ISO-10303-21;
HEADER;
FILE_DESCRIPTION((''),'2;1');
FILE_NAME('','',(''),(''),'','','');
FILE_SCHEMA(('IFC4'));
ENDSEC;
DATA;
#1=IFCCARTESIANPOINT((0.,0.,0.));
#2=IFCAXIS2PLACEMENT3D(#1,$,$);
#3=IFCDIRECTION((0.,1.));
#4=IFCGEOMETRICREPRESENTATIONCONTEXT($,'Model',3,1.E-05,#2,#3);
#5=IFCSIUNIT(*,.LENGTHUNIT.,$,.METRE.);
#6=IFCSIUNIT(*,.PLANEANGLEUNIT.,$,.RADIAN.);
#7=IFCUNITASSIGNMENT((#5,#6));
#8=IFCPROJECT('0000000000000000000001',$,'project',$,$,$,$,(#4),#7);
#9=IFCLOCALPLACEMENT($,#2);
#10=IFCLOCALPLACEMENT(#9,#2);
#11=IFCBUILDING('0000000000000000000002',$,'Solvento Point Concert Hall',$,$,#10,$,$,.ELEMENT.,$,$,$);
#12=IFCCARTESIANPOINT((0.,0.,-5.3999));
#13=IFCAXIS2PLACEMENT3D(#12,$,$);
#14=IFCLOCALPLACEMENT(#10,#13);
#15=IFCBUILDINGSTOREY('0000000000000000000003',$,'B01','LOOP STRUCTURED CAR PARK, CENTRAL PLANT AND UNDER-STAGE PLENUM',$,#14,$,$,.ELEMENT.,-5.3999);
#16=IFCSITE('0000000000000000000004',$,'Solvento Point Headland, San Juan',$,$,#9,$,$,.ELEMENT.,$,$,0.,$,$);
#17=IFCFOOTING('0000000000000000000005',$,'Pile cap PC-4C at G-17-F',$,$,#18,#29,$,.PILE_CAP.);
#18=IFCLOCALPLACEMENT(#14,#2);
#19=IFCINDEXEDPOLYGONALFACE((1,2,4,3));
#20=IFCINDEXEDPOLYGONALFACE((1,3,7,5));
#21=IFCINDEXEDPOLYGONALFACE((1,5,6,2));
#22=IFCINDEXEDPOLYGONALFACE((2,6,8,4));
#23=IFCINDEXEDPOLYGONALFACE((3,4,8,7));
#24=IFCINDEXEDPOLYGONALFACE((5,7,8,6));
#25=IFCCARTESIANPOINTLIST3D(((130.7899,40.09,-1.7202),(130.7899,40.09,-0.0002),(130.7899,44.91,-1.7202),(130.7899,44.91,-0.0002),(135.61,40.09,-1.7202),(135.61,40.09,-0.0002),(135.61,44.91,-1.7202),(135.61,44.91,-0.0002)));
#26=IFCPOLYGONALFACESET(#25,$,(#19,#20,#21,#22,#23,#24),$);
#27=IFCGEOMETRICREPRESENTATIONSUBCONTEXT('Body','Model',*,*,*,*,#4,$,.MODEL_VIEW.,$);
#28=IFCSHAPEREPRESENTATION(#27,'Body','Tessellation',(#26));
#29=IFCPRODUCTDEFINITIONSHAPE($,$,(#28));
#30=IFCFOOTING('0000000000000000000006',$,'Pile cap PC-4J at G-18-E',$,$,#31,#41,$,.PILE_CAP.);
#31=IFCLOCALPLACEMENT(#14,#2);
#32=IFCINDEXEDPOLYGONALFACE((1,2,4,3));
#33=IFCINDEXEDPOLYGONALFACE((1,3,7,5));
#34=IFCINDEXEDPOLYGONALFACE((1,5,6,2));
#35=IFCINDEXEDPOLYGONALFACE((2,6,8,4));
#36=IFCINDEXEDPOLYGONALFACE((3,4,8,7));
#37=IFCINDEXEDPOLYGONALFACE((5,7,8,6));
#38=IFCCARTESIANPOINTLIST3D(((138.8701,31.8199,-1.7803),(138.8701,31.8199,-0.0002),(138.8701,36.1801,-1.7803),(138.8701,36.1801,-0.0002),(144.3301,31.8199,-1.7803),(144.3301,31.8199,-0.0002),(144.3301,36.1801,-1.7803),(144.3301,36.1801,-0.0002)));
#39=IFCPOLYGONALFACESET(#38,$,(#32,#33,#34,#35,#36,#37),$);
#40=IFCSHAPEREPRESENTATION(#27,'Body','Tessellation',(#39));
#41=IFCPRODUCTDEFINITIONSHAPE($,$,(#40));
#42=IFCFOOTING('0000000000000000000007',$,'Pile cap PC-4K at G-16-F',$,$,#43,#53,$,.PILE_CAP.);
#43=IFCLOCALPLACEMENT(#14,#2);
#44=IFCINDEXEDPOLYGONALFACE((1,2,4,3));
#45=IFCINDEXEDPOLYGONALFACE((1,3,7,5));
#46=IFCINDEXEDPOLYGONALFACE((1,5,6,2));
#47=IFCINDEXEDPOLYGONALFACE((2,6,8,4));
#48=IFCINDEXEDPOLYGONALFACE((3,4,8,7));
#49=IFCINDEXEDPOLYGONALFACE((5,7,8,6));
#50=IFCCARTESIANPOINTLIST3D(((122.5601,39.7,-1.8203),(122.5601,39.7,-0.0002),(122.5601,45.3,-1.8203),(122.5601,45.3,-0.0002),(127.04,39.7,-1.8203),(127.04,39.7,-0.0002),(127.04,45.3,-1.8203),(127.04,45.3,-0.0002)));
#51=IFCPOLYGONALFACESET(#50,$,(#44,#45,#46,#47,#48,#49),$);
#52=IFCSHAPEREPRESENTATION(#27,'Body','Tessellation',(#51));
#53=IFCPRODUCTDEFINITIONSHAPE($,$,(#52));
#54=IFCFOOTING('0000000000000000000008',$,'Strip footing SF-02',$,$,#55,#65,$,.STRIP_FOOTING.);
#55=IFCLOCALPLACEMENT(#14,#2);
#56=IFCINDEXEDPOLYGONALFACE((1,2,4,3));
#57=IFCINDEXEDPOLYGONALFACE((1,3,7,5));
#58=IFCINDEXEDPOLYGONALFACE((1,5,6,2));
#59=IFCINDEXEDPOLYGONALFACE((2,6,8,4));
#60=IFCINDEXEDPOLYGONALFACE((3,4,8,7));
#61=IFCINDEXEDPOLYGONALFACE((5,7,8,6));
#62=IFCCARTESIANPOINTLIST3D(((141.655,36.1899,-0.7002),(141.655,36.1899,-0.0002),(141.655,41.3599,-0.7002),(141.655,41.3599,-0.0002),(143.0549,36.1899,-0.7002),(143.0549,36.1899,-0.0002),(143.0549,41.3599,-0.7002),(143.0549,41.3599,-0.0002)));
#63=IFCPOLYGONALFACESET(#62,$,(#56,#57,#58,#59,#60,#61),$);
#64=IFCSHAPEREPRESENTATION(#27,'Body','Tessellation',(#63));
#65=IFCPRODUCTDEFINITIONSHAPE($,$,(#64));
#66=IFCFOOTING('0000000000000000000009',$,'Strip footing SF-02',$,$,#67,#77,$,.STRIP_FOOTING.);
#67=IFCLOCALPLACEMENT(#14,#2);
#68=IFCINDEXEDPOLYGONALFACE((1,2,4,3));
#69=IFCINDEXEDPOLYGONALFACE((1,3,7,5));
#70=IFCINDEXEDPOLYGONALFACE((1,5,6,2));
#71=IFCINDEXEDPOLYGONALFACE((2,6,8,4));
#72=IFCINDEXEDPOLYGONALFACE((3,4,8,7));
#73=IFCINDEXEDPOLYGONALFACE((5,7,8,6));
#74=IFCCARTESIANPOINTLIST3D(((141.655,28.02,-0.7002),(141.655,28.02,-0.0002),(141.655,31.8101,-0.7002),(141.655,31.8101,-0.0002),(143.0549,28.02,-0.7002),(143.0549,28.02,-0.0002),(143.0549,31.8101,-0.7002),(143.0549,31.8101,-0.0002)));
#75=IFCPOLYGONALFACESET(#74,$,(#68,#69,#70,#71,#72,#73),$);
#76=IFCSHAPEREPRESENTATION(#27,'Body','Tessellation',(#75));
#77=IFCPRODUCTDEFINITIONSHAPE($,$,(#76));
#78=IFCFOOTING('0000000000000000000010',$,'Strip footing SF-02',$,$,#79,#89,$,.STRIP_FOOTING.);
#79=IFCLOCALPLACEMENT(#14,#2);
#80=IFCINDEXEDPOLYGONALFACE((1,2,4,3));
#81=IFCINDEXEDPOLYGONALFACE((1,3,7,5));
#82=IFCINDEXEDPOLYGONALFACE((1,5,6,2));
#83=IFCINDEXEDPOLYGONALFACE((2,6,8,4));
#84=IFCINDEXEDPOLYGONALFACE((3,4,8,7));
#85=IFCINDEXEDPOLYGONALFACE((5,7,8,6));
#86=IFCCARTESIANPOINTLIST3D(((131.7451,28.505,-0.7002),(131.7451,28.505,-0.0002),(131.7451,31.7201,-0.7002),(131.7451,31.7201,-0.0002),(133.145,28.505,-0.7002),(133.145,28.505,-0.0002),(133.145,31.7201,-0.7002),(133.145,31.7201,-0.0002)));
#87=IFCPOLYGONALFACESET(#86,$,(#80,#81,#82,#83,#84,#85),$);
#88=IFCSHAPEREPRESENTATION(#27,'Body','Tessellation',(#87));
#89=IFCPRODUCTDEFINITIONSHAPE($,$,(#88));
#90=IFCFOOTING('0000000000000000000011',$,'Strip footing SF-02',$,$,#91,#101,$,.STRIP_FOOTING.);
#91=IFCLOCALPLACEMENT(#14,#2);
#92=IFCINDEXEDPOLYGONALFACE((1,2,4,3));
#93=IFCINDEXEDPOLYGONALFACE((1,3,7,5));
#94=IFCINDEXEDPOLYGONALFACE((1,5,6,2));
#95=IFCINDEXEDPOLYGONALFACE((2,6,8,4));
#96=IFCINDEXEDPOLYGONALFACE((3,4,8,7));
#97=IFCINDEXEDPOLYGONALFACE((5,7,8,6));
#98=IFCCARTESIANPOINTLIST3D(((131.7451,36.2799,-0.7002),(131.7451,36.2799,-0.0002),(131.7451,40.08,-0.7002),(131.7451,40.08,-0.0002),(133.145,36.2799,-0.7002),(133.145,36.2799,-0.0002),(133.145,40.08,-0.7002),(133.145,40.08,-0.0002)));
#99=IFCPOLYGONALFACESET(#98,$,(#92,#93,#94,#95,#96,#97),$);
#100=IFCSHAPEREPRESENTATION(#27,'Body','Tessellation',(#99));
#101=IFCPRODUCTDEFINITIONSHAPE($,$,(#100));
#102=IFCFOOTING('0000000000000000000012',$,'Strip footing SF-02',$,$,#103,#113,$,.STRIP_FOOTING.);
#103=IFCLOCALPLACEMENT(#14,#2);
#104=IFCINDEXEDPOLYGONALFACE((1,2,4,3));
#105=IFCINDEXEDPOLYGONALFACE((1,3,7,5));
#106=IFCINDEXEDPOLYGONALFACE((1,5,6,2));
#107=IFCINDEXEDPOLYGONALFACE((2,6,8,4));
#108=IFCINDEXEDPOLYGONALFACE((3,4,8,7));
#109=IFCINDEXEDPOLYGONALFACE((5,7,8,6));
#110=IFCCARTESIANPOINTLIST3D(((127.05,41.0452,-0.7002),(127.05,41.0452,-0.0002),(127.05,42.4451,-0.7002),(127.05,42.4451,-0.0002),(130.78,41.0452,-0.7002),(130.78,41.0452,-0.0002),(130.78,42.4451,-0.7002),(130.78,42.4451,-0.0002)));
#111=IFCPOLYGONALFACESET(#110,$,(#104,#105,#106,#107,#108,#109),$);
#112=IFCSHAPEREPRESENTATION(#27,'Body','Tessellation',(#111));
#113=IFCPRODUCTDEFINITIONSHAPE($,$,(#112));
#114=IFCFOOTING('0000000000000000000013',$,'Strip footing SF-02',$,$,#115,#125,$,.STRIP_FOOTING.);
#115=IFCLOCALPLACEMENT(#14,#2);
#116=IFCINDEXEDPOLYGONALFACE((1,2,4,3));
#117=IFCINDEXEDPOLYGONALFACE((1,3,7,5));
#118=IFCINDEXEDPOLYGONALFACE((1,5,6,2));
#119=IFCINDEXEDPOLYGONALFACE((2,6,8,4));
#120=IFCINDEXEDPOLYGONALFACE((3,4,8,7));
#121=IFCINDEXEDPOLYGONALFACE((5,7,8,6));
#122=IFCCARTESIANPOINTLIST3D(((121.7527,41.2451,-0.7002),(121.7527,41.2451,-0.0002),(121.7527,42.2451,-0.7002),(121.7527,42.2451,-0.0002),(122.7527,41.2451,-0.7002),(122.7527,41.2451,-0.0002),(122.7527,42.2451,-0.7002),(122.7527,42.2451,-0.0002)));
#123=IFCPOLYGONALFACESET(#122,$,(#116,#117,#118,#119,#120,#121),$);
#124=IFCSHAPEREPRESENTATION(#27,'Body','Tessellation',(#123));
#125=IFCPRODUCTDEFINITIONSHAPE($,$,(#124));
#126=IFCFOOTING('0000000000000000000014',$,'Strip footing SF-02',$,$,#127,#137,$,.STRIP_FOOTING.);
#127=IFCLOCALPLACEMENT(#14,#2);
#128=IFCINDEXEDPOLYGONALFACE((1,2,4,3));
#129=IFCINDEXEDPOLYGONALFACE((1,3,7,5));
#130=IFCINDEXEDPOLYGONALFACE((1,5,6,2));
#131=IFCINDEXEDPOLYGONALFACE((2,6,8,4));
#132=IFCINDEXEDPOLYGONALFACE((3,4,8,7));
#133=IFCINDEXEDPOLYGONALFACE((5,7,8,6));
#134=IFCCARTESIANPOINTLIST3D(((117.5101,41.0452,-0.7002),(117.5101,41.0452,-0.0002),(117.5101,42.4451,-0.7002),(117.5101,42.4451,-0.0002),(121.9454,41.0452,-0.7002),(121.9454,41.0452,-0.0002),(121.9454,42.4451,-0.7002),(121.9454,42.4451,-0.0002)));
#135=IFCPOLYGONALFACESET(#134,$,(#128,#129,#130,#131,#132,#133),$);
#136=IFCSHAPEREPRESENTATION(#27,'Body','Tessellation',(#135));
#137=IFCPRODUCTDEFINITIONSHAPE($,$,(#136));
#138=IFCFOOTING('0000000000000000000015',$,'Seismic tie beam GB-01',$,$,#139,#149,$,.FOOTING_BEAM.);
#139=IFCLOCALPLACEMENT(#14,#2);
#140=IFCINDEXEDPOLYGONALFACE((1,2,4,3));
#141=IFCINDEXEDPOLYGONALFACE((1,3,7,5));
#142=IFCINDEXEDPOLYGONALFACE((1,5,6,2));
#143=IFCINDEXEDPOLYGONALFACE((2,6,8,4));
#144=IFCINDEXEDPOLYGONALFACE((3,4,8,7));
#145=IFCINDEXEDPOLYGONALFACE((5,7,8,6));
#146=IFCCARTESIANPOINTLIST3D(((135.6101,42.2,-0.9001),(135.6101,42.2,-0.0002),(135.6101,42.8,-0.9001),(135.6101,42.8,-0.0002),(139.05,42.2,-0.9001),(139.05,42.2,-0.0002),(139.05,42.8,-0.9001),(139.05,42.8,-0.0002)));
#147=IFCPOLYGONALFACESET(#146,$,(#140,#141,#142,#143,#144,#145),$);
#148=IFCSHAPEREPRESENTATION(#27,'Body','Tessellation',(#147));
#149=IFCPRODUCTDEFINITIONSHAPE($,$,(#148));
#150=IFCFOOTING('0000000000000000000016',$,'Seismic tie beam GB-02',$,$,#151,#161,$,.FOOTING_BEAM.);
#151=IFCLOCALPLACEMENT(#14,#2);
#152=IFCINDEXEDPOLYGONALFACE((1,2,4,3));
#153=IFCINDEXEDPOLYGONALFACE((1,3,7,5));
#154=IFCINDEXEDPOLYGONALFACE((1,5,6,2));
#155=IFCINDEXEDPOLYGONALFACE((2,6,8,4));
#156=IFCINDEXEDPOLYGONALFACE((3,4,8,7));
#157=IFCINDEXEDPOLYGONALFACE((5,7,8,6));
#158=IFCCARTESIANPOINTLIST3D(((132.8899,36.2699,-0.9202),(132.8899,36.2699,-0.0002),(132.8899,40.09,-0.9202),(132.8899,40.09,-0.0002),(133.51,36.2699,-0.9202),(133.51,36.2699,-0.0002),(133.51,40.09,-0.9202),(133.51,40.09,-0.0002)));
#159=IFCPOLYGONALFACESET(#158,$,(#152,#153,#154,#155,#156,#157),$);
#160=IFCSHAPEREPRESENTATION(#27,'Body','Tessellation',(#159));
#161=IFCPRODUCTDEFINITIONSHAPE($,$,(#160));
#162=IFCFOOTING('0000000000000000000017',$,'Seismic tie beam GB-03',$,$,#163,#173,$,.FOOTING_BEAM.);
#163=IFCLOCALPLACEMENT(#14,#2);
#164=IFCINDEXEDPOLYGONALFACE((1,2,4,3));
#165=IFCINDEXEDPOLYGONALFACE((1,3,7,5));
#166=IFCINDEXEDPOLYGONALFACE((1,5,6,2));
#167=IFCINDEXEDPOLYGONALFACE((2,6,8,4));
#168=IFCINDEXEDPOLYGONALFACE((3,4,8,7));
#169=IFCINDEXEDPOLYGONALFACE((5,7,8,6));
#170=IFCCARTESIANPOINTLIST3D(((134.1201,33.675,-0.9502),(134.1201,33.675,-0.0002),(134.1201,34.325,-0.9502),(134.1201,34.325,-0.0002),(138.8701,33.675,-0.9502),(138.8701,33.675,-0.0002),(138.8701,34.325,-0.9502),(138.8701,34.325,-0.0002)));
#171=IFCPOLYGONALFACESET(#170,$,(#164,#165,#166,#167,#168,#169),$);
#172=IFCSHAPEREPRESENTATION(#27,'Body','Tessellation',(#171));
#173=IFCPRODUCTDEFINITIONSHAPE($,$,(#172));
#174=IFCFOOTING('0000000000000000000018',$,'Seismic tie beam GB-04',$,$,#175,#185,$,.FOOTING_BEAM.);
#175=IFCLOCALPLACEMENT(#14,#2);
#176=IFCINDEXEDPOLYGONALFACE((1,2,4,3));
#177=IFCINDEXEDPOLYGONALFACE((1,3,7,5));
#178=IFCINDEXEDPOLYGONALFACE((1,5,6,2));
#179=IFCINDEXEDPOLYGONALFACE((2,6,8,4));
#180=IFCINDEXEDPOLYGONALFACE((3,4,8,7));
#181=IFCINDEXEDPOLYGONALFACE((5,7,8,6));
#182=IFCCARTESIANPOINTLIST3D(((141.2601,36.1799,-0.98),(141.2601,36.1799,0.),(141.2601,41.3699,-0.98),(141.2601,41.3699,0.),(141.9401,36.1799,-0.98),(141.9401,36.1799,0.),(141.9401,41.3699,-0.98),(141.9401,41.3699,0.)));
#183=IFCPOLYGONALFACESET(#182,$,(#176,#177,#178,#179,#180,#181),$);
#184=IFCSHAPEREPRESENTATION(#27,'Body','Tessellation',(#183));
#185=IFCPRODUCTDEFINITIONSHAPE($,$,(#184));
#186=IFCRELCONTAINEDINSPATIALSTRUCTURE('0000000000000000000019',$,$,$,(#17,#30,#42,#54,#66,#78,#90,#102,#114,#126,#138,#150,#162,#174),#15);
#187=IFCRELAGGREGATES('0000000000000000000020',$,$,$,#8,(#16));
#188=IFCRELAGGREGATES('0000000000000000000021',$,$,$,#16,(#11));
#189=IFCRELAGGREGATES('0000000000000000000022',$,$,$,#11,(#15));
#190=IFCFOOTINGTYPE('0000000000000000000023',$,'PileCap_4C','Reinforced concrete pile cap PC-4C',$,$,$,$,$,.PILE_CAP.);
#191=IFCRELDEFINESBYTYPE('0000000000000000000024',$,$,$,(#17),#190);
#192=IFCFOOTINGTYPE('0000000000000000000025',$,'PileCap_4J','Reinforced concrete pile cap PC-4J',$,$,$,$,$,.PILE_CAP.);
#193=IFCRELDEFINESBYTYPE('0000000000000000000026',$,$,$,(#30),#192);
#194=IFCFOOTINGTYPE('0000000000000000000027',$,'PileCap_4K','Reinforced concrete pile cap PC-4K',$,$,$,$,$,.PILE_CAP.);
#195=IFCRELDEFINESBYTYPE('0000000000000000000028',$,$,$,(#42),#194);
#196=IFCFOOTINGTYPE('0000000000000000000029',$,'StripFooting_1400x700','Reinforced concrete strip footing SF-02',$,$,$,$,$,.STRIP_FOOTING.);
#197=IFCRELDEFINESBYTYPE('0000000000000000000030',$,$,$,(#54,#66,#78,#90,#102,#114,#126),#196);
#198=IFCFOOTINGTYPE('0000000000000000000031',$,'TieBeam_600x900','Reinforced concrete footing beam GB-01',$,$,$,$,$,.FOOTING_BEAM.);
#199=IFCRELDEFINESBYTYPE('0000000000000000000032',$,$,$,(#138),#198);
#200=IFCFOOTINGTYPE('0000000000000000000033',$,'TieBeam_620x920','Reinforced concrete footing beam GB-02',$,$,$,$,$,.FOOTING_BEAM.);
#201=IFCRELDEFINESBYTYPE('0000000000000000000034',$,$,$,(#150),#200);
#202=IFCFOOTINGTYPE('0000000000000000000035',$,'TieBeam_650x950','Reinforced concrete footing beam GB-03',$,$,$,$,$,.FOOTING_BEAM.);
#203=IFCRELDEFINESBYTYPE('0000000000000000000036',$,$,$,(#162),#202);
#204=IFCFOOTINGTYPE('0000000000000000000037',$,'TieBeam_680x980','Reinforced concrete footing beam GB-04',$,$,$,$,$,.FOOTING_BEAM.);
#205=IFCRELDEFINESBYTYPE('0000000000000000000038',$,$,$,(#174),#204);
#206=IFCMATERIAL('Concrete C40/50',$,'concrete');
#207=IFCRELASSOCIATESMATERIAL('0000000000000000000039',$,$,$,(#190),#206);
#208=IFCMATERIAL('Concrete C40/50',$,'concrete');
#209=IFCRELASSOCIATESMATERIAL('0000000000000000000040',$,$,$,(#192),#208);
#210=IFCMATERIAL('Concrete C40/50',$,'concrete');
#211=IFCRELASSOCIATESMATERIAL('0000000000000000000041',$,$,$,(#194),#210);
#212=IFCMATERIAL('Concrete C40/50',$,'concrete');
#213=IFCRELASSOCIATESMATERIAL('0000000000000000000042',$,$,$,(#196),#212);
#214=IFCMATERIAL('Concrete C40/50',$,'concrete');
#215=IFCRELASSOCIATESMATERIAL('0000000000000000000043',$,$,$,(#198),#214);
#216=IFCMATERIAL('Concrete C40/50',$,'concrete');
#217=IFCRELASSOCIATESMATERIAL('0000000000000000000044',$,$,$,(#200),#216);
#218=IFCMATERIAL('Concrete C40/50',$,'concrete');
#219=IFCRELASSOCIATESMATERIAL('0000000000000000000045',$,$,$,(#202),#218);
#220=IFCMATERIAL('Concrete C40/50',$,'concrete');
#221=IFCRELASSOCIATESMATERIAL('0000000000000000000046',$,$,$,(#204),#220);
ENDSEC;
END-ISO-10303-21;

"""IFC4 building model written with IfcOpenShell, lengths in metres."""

from ifc_helpers import new_model, si_unit, direction, frame, origin, origin_2d, place, context, subcontext, project, spatial, rectangle, extrude, material, type_object, element, save


model = new_model("IFC4")

# Units and contexts
model_context = context("Model", 3, precision=1e-05, world=origin(), true_north=direction((0.0, 1.0)))
body_context = subcontext(model_context, "Body", "Model", "MODEL_VIEW")
ifc_project = project(units=[si_unit("LENGTHUNIT", "METRE"), si_unit("PLANEANGLEUNIT", "RADIAN")], contexts=[model_context])

# Site, building, storey
site_placement = place(None, origin())
site = spatial("IfcSite", under=ifc_project, at=site_placement, Name="Solvento Point Headland, San Juan", CompositionType="ELEMENT", RefElevation=0.0)
building_placement = place(site_placement, origin())
building = spatial("IfcBuilding", under=site, at=building_placement, Name="Solvento Point Concert Hall", CompositionType="ELEMENT")
storey_placement = place(building_placement, frame((0.0, 0.0, -5.3999)))
storey = spatial("IfcBuildingStorey", under=building, at=storey_placement, Name="B01", Description="LOOP STRUCTURED CAR PARK, CENTRAL PLANT AND UNDER-STAGE PLENUM", CompositionType="ELEMENT", Elevation=-5.3999)

# Footings
ifc_material_1 = material(Name="Concrete C40/50", Category="concrete")
footing_type_1 = type_object("IfcFootingType", Name="PileCap_4C", Description="Reinforced concrete pile cap PC-4C", PredefinedType="PILE_CAP", material=ifc_material_1)
footing_1_placement = place(storey_placement, frame((133.2, 42.5, -1.7202), z_axis=(0.0, 0.0, 1.0), x_axis=(1.0, 0.0, 0.0)))
element("IfcFooting", 1, at=footing_1_placement, inside=storey, type_object=footing_type_1, Name="Pile cap PC-4C at G-17-F", PredefinedType="PILE_CAP", context=body_context, shape_type="SweptSolid", body=[
    extrude(rectangle(XDim=4.8201, YDim=4.8201, at=origin_2d()), origin(), (0.0, 0.0, 1.0), 1.72),
])
ifc_material_2 = material(Name="Concrete C40/50", Category="concrete")
footing_type_2 = type_object("IfcFootingType", Name="PileCap_4J", Description="Reinforced concrete pile cap PC-4J", PredefinedType="PILE_CAP", material=ifc_material_2)
footing_2_placement = place(storey_placement, frame((141.6001, 34.0, -1.7803), z_axis=(0.0, 0.0, 1.0), x_axis=(1.0, 0.0, 0.0)))
element("IfcFooting", 2, at=footing_2_placement, inside=storey, type_object=footing_type_2, Name="Pile cap PC-4J at G-18-E", PredefinedType="PILE_CAP", context=body_context, shape_type="SweptSolid", body=[
    extrude(rectangle(XDim=5.46, YDim=4.3601, at=origin_2d()), origin(), (0.0, 0.0, 1.0), 1.78),
])
ifc_material_3 = material(Name="Concrete C40/50", Category="concrete")
footing_type_3 = type_object("IfcFootingType", Name="PileCap_4K", Description="Reinforced concrete pile cap PC-4K", PredefinedType="PILE_CAP", material=ifc_material_3)
footing_3_placement = place(storey_placement, frame((124.8, 42.5, -1.8203), z_axis=(0.0, 0.0, 1.0), x_axis=(1.0, 0.0, 0.0)))
element("IfcFooting", 3, at=footing_3_placement, inside=storey, type_object=footing_type_3, Name="Pile cap PC-4K at G-16-F", PredefinedType="PILE_CAP", context=body_context, shape_type="SweptSolid", body=[
    extrude(rectangle(XDim=4.48, YDim=5.6001, at=origin_2d()), origin(), (0.0, 0.0, 1.0), 1.8201),
])
ifc_material_4 = material(Name="Concrete C40/50", Category="concrete")
footing_type_4 = type_object("IfcFootingType", Name="StripFooting_1400x700", Description="Reinforced concrete strip footing SF-02", PredefinedType="STRIP_FOOTING", material=ifc_material_4)
footing_4_placement = place(storey_placement, frame((142.355, 38.7749, -0.7002), z_axis=(0.0, 0.0, 1.0), x_axis=(0.0, -1.0, 0.0)))
element("IfcFooting", 4, at=footing_4_placement, inside=storey, type_object=footing_type_4, Name="Strip footing SF-02", PredefinedType="STRIP_FOOTING", context=body_context, shape_type="SweptSolid", body=[
    extrude(rectangle(XDim=5.1699, YDim=1.3999, at=origin_2d()), origin(), (0.0, 0.0, 1.0), 0.7),
])
footing_5_placement = place(storey_placement, frame((142.355, 29.915, -0.7002), z_axis=(0.0, 0.0, 1.0), x_axis=(0.0, -1.0, 0.0)))
element("IfcFooting", 5, at=footing_5_placement, inside=storey, type_object=footing_type_4, Name="Strip footing SF-02", PredefinedType="STRIP_FOOTING", context=body_context, shape_type="SweptSolid", body=[
    extrude(rectangle(XDim=3.79, YDim=1.3999, at=origin_2d()), origin(), (0.0, 0.0, 1.0), 0.7),
])
footing_6_placement = place(storey_placement, frame((132.4451, 30.1125, -0.7002), z_axis=(0.0, 0.0, 1.0), x_axis=(0.0, 1.0, 0.0)))
element("IfcFooting", 6, at=footing_6_placement, inside=storey, type_object=footing_type_4, Name="Strip footing SF-02", PredefinedType="STRIP_FOOTING", context=body_context, shape_type="SweptSolid", body=[
    extrude(rectangle(XDim=3.2151, YDim=1.3999, at=origin_2d()), origin(), (0.0, 0.0, 1.0), 0.7),
])
footing_7_placement = place(storey_placement, frame((132.4451, 38.1799, -0.7002), z_axis=(0.0, 0.0, 1.0), x_axis=(0.0, 1.0, 0.0)))
element("IfcFooting", 7, at=footing_7_placement, inside=storey, type_object=footing_type_4, Name="Strip footing SF-02", PredefinedType="STRIP_FOOTING", context=body_context, shape_type="SweptSolid", body=[
    extrude(rectangle(XDim=3.8, YDim=1.3999, at=origin_2d()), origin(), (0.0, 0.0, 1.0), 0.7),
])
footing_8_placement = place(storey_placement, frame((128.915, 41.7451, -0.7002), z_axis=(0.0, 0.0, 1.0), x_axis=(-1.0, 0.0, 0.0)))
element("IfcFooting", 8, at=footing_8_placement, inside=storey, type_object=footing_type_4, Name="Strip footing SF-02", PredefinedType="STRIP_FOOTING", context=body_context, shape_type="SweptSolid", body=[
    extrude(rectangle(XDim=3.73, YDim=1.3999, at=origin_2d()), origin(), (0.0, 0.0, 1.0), 0.7),
])
footing_9_placement = place(storey_placement, frame((122.2527, 41.7451, -0.7002), z_axis=(0.0, 0.0, 1.0), x_axis=(-1.0, 0.0, 0.0)))
element("IfcFooting", 9, at=footing_9_placement, inside=storey, type_object=footing_type_4, Name="Strip footing SF-02", PredefinedType="STRIP_FOOTING", context=body_context, shape_type="SweptSolid", body=[
    extrude(rectangle(XDim=1.0, YDim=1.0, at=origin_2d()), origin(), (0.0, 0.0, 1.0), 0.7),
])
footing_10_placement = place(storey_placement, frame((119.7278, 41.7451, -0.7002), z_axis=(0.0, 0.0, 1.0), x_axis=(-1.0, 0.0, 0.0)))
element("IfcFooting", 10, at=footing_10_placement, inside=storey, type_object=footing_type_4, Name="Strip footing SF-02", PredefinedType="STRIP_FOOTING", context=body_context, shape_type="SweptSolid", body=[
    extrude(rectangle(XDim=4.4353, YDim=1.3999, at=origin_2d()), origin(), (0.0, 0.0, 1.0), 0.7),
])
ifc_material_5 = material(Name="Concrete C40/50", Category="concrete")
footing_type_5 = type_object("IfcFootingType", Name="TieBeam_600x900", Description="Reinforced concrete footing beam GB-01", PredefinedType="FOOTING_BEAM", material=ifc_material_5)
footing_11_placement = place(storey_placement, frame((137.3301, 42.5, -0.9001), z_axis=(0.0, 0.0, 1.0), x_axis=(1.0, 0.0, 0.0)))
element("IfcFooting", 11, at=footing_11_placement, inside=storey, type_object=footing_type_5, Name="Seismic tie beam GB-01", PredefinedType="FOOTING_BEAM", context=body_context, shape_type="SweptSolid", body=[
    extrude(rectangle(XDim=3.4399, YDim=0.6001, at=origin_2d()), origin(), (0.0, 0.0, 1.0), 0.8999),
])
ifc_material_6 = material(Name="Concrete C40/50", Category="concrete")
footing_type_6 = type_object("IfcFootingType", Name="TieBeam_620x920", Description="Reinforced concrete footing beam GB-02", PredefinedType="FOOTING_BEAM", material=ifc_material_6)
footing_12_placement = place(storey_placement, frame((133.2, 38.1799, -0.9202), z_axis=(0.0, 0.0, 1.0), x_axis=(0.0, 1.0, 0.0)))
element("IfcFooting", 12, at=footing_12_placement, inside=storey, type_object=footing_type_6, Name="Seismic tie beam GB-02", PredefinedType="FOOTING_BEAM", context=body_context, shape_type="SweptSolid", body=[
    extrude(rectangle(XDim=3.8201, YDim=0.6201, at=origin_2d()), origin(), (0.0, 0.0, 1.0), 0.9199),
])
ifc_material_7 = material(Name="Concrete C40/50", Category="concrete")
footing_type_7 = type_object("IfcFootingType", Name="TieBeam_650x950", Description="Reinforced concrete footing beam GB-03", PredefinedType="FOOTING_BEAM", material=ifc_material_7)
footing_13_placement = place(storey_placement, frame((136.4951, 34.0, -0.9502), z_axis=(0.0, 0.0, 1.0), x_axis=(1.0, 0.0, 0.0)))
element("IfcFooting", 13, at=footing_13_placement, inside=storey, type_object=footing_type_7, Name="Seismic tie beam GB-03", PredefinedType="FOOTING_BEAM", context=body_context, shape_type="SweptSolid", body=[
    extrude(rectangle(XDim=4.75, YDim=0.6499, at=origin_2d()), origin(), (0.0, 0.0, 1.0), 0.95),
])
ifc_material_8 = material(Name="Concrete C40/50", Category="concrete")
footing_type_8 = type_object("IfcFootingType", Name="TieBeam_680x980", Description="Reinforced concrete footing beam GB-04", PredefinedType="FOOTING_BEAM", material=ifc_material_8)
footing_14_placement = place(storey_placement, frame((141.6001, 38.7749, -0.98), z_axis=(0.0, 0.0, 1.0), x_axis=(0.0, 1.0, 0.0)))
element("IfcFooting", 14, at=footing_14_placement, inside=storey, type_object=footing_type_8, Name="Seismic tie beam GB-04", PredefinedType="FOOTING_BEAM", context=body_context, shape_type="SweptSolid", body=[
    extrude(rectangle(XDim=5.1899, YDim=0.6799, at=origin_2d()), origin(), (0.0, 0.0, 1.0), 0.98),
])

save(model, "model.ifc")
